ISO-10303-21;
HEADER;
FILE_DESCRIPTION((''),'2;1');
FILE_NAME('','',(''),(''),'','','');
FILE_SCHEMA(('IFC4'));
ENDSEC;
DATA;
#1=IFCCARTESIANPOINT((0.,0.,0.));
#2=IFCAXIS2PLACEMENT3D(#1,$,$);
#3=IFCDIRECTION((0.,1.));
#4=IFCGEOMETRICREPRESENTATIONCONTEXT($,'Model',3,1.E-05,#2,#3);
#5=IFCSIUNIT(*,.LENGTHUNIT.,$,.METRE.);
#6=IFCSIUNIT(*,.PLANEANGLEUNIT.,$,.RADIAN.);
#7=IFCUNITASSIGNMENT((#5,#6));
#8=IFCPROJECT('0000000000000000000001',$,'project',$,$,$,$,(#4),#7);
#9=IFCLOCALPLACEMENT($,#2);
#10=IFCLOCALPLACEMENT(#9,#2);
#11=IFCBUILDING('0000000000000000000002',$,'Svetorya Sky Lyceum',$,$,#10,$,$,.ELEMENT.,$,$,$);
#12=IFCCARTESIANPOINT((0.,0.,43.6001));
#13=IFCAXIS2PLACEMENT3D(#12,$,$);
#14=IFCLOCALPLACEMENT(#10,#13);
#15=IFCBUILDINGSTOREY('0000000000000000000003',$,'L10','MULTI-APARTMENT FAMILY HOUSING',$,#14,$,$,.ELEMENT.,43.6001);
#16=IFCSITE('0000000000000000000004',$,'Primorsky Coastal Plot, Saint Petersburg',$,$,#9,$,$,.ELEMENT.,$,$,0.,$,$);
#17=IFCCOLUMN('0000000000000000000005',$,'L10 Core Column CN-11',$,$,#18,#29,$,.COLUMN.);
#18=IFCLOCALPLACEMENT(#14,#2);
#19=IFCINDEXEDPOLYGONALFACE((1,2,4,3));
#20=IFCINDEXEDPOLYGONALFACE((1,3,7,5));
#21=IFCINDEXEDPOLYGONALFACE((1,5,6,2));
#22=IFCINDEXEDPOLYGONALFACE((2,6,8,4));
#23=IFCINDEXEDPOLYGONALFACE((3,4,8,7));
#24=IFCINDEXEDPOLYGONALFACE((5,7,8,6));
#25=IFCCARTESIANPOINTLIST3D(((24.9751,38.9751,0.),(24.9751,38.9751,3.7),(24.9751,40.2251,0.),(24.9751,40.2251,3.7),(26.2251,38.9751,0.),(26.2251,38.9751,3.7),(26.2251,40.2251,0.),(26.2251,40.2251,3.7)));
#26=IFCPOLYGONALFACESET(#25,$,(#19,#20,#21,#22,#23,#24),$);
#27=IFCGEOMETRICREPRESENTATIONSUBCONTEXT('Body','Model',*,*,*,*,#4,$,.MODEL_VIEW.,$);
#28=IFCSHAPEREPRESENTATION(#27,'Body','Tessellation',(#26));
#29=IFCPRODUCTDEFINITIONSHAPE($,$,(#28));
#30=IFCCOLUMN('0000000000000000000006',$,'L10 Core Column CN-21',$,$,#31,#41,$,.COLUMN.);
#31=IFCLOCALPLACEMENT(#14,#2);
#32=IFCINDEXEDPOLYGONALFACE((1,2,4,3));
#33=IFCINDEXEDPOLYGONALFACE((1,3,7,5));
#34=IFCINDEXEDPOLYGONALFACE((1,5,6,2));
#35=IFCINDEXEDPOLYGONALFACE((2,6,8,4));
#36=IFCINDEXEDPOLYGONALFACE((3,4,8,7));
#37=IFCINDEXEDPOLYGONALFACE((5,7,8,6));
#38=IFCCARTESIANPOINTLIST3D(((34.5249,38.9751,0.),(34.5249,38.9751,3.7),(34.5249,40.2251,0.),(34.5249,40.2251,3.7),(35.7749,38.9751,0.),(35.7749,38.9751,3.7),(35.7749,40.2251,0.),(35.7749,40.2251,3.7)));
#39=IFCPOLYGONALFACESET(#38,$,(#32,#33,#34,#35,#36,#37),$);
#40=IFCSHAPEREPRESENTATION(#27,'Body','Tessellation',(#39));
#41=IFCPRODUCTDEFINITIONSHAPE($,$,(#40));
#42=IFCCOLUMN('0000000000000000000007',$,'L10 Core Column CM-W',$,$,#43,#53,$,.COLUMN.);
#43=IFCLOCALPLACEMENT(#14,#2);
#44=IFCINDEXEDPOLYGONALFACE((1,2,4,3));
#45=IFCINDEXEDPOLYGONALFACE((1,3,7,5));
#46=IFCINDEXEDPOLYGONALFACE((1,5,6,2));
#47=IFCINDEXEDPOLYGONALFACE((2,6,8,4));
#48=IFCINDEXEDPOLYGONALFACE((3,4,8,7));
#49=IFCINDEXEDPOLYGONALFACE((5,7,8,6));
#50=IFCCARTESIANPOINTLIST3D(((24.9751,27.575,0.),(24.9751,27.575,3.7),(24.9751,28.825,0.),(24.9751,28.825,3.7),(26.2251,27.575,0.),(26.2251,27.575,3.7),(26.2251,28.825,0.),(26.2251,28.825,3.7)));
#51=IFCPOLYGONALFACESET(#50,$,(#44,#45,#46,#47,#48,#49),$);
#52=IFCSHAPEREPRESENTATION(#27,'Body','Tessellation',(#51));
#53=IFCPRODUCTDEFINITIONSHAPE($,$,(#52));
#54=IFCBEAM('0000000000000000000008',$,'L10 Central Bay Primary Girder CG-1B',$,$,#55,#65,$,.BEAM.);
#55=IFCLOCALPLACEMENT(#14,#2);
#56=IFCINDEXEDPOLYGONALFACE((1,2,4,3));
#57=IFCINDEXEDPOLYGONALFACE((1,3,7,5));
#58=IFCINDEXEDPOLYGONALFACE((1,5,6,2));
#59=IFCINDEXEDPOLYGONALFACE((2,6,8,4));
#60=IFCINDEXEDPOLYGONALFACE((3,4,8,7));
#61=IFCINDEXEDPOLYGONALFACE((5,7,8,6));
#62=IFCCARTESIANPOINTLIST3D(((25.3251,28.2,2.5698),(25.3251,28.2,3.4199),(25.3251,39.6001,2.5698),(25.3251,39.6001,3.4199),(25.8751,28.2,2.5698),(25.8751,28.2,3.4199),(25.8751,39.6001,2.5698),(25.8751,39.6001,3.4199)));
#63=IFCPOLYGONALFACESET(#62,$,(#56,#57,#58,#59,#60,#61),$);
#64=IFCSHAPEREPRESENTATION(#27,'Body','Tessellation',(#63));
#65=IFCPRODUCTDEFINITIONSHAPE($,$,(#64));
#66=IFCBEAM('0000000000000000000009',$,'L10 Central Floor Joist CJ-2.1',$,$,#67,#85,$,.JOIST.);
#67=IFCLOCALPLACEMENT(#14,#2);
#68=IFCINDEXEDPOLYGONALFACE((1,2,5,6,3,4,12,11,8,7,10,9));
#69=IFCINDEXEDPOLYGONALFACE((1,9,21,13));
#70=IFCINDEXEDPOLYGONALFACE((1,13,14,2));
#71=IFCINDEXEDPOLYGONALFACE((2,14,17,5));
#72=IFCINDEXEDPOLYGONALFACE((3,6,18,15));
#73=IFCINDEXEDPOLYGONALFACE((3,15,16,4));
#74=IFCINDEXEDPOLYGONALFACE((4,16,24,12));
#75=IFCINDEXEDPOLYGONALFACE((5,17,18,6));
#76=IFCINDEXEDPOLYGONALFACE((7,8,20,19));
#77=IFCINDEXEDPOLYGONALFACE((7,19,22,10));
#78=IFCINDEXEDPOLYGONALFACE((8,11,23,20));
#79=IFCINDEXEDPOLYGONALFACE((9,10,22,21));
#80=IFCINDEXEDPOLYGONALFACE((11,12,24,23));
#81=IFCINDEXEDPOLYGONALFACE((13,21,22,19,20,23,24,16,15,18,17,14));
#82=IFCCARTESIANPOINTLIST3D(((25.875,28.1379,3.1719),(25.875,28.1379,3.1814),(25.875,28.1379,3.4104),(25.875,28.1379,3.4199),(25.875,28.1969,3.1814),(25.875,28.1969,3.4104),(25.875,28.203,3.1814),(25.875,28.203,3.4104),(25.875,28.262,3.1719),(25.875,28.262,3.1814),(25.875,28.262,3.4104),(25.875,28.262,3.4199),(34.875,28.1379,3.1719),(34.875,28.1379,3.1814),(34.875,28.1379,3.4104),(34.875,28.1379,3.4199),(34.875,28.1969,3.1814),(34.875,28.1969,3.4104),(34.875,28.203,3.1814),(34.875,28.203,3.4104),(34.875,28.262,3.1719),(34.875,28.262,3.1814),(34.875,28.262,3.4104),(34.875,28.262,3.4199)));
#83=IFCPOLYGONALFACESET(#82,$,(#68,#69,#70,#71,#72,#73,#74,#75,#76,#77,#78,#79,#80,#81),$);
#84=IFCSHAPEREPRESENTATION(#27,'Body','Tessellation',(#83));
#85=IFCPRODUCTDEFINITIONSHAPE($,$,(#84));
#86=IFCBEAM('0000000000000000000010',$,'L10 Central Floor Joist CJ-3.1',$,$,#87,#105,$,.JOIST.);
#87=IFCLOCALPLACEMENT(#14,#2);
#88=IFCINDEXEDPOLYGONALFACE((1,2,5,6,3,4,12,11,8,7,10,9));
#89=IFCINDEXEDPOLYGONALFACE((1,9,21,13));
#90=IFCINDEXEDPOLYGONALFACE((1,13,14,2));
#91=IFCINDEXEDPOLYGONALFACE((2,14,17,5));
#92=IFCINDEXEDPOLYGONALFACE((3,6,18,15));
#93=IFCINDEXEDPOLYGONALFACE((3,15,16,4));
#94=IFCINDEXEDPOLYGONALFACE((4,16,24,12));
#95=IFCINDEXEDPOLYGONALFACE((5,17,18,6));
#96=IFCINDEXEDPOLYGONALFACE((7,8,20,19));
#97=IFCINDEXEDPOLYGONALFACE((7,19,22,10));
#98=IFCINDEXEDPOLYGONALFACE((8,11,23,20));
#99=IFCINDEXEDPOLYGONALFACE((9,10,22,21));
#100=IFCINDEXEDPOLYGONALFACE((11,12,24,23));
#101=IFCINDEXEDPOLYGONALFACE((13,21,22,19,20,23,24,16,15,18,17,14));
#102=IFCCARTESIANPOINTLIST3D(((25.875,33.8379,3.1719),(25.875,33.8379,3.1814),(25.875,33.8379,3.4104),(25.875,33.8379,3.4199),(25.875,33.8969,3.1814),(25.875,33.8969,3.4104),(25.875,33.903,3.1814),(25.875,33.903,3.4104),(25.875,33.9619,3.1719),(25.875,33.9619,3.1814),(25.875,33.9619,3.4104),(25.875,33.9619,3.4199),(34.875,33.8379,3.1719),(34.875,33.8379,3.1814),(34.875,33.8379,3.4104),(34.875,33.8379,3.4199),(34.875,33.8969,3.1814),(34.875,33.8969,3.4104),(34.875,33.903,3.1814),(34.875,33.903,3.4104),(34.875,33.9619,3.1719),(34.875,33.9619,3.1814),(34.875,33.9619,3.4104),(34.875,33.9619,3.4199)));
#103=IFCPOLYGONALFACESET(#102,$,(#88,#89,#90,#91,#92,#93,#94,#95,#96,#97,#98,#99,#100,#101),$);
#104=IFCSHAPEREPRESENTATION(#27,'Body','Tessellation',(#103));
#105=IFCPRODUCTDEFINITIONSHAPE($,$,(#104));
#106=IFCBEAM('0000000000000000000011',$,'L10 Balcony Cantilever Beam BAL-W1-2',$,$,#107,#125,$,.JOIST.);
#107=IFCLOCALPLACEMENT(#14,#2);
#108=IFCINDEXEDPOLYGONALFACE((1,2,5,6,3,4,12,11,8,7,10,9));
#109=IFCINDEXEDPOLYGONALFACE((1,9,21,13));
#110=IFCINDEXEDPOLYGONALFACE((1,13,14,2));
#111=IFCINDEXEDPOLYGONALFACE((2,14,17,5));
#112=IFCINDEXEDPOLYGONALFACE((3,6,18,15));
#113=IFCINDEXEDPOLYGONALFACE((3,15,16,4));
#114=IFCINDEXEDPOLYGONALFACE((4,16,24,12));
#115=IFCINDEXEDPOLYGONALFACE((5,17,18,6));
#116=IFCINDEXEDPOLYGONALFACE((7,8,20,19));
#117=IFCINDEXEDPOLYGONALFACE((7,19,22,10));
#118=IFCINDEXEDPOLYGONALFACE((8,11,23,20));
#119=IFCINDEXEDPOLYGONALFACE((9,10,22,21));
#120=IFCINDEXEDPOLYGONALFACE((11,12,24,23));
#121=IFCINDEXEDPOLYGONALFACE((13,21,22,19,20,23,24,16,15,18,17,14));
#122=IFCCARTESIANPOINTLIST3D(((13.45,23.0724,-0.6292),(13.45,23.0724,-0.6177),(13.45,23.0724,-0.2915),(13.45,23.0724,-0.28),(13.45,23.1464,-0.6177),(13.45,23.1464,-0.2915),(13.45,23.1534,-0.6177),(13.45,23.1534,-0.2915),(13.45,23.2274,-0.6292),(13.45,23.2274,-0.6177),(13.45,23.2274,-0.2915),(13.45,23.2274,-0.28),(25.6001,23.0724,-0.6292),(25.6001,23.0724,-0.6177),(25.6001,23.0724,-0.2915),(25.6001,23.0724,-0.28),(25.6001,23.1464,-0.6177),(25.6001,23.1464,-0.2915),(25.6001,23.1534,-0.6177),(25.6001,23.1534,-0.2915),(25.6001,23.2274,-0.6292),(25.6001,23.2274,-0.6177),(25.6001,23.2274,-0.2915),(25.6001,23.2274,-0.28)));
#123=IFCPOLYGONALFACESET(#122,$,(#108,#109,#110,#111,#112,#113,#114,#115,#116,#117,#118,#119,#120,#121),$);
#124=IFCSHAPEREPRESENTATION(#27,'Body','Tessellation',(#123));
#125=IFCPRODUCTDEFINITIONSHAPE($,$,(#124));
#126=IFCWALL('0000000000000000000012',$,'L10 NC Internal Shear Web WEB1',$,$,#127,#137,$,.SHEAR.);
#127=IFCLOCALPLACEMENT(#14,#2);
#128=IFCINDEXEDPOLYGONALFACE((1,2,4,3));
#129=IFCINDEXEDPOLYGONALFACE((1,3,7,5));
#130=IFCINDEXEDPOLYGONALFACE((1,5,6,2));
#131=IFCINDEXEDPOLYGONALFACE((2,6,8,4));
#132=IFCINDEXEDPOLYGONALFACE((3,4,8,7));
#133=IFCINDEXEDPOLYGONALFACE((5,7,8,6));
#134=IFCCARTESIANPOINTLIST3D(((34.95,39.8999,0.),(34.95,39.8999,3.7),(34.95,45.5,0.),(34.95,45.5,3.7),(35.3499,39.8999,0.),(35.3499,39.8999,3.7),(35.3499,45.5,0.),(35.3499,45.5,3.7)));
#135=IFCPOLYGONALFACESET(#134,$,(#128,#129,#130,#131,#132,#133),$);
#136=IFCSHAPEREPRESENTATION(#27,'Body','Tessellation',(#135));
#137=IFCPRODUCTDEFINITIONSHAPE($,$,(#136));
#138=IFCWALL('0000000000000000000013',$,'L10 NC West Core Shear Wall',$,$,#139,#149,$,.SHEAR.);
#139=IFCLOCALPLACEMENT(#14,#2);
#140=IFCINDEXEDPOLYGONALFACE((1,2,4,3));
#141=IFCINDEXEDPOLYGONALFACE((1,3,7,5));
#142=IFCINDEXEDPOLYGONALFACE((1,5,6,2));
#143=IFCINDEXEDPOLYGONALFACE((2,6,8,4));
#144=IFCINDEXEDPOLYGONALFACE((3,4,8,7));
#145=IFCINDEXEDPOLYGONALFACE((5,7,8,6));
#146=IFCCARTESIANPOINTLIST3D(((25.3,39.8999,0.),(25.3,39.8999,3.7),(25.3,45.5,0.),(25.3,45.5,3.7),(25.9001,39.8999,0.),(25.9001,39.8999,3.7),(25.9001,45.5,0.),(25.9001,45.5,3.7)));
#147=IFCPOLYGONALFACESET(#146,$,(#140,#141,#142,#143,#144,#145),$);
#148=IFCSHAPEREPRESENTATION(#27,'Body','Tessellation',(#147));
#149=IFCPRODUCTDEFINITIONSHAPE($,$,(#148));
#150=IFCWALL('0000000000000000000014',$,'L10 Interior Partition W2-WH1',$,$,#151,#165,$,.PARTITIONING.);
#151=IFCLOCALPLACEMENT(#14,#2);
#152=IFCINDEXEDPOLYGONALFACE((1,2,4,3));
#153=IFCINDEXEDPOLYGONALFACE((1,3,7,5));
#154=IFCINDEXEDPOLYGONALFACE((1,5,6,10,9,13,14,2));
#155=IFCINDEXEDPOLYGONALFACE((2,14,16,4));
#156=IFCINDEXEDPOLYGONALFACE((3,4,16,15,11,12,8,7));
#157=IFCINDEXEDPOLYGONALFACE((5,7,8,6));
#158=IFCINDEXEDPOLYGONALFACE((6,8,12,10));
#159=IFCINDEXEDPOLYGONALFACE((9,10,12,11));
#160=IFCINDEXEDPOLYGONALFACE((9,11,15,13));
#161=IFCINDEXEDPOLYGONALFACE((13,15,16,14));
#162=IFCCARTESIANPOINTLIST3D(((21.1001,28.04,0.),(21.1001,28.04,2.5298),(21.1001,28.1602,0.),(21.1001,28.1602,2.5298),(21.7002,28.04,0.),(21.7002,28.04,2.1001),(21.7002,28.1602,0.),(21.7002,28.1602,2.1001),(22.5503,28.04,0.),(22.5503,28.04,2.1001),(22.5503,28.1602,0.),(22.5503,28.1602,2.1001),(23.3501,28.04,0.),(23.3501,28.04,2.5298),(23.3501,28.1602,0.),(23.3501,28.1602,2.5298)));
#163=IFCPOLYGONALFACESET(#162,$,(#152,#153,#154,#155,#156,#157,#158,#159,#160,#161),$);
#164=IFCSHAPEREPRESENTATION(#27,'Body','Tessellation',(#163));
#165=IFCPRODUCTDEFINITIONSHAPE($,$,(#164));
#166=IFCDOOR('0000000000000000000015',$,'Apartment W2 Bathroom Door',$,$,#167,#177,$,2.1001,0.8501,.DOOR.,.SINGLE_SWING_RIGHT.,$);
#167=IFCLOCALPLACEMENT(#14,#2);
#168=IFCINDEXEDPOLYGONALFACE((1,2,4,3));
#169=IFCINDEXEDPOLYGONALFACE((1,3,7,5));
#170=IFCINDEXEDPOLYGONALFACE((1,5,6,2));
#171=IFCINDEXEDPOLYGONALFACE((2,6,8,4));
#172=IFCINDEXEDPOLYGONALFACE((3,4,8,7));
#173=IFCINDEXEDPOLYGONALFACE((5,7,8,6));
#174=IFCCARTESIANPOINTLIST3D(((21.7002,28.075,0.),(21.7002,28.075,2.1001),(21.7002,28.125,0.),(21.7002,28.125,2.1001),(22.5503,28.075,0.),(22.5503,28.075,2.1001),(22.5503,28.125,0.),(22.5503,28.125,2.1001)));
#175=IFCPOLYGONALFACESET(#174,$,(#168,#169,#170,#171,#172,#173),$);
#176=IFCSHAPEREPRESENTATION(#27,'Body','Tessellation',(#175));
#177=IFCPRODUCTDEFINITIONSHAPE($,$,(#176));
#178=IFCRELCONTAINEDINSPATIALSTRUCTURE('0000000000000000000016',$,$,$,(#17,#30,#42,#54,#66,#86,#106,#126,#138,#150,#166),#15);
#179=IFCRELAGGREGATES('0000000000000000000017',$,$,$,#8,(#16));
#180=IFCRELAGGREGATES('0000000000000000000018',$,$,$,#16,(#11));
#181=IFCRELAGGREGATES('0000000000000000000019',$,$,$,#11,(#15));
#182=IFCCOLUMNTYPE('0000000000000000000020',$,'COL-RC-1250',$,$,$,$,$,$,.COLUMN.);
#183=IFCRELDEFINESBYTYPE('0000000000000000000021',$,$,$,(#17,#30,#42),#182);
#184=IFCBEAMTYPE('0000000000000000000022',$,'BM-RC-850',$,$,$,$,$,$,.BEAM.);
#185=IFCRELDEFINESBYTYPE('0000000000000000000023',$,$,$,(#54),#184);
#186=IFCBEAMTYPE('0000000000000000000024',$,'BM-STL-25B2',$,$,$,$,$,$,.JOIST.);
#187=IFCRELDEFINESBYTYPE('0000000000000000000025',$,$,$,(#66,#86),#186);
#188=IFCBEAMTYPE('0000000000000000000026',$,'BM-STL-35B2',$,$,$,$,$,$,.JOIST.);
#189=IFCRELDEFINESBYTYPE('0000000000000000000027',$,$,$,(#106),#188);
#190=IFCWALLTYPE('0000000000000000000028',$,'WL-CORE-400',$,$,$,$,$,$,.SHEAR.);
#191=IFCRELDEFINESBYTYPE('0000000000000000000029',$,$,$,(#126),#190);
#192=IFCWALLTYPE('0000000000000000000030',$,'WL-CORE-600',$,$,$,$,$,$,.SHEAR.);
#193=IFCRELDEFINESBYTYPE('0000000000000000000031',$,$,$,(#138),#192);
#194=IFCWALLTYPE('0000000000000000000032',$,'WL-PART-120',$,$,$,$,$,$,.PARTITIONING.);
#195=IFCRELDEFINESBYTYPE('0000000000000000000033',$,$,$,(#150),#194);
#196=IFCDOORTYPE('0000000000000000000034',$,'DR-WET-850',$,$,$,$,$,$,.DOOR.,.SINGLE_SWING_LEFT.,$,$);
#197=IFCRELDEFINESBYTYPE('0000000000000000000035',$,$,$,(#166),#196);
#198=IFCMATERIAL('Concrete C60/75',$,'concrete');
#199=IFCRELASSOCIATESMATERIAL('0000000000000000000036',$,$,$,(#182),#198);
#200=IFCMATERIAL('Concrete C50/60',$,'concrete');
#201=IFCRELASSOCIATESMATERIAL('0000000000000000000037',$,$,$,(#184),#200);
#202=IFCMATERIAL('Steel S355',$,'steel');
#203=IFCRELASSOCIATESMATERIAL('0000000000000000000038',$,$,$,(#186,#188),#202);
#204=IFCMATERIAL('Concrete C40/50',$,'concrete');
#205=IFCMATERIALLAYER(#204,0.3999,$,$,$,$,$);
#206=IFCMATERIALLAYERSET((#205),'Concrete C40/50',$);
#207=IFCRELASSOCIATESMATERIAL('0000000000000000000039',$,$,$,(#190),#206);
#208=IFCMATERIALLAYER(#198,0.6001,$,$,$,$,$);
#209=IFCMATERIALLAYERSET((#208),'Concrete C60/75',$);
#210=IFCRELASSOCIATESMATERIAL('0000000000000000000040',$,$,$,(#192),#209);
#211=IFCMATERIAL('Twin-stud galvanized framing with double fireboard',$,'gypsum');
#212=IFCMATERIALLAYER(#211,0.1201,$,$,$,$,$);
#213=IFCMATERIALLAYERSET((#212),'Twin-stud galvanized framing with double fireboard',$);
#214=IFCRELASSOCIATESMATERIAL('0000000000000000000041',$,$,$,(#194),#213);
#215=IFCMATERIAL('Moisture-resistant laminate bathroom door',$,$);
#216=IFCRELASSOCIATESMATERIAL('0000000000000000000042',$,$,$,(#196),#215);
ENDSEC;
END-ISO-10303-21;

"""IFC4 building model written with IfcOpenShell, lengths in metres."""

from ifc_helpers import new_model, si_unit, direction, frame, frame_2d, origin, origin_2d, place, context, subcontext, project, spatial, rectangle, i_section, extrude, material, layer, layer_set, material_profile, profile_set, type_object, element, fill, save


model = new_model("IFC4")

# Units and contexts
model_context = context("Model", 3, precision=1e-05, world=origin(), true_north=direction((0.0, 1.0)))
body_context = subcontext(model_context, "Body", "Model", "MODEL_VIEW")
ifc_project = project(units=[si_unit("LENGTHUNIT", "METRE"), si_unit("PLANEANGLEUNIT", "RADIAN")], contexts=[model_context])

# Site, building, storey
site_placement = place(None, origin())
site = spatial("IfcSite", under=ifc_project, at=site_placement, Name="Primorsky Coastal Plot, Saint Petersburg", CompositionType="ELEMENT", RefElevation=0.0)
building_placement = place(site_placement, origin())
building = spatial("IfcBuilding", under=site, at=building_placement, Name="Svetorya Sky Lyceum", CompositionType="ELEMENT")
storey_placement = place(building_placement, frame((0.0, 0.0, 43.6001)))
storey = spatial("IfcBuildingStorey", under=building, at=storey_placement, Name="L10", Description="MULTI-APARTMENT FAMILY HOUSING", CompositionType="ELEMENT", Elevation=43.6001)

# Columns
ifc_material_1 = material(Name="Concrete C60/75", Category="concrete")
ifc_material_profile_1 = material_profile(ifc_material_1, rectangle(XDim=1.25, YDim=1.25, at=origin_2d()), Name="RC COL 1250x1250")
ifc_profile_set_1 = profile_set([ifc_material_profile_1], Name="Concrete C60/75")
column_type = type_object("IfcColumnType", Name="COL-RC-1250", PredefinedType="COLUMN", material=ifc_profile_set_1)
for number, where, z_axis, x_axis, name in (
    (1, (25.6001, 39.6001, 0.0), (0.0, 0.0, 1.0), (1.0, 0.0, 0.0), "L10 Core Column CN-11"),
    (2, (35.1499, 39.6001, 0.0), (0.0, 0.0, 1.0), (1.0, 0.0, 0.0), "L10 Core Column CN-21"),
    (3, (25.6001, 28.2, 0.0), (0.0, 0.0, 1.0), (1.0, 0.0, 0.0), "L10 Core Column CM-W"),
):
    element("IfcColumn", number, at=place(storey_placement, frame(where, z_axis=z_axis, x_axis=x_axis)), inside=storey, type_object=column_type, Name=name, PredefinedType="COLUMN", context=body_context, shape_type="SweptSolid", body=[
        extrude(rectangle(XDim=1.25, YDim=1.25, at=origin_2d()), origin(), (0.0, 0.0, 1.0), 3.7),
    ])

# Beams
ifc_material_2 = material(Name="Concrete C50/60", Category="concrete")
ifc_material_profile_2 = material_profile(ifc_material_2, rectangle(XDim=0.55, YDim=0.8501, at=origin_2d()), Name="RC BEAM 550x850")
ifc_profile_set_2 = profile_set([ifc_material_profile_2], Name="Concrete C50/60")
beam_type_1 = type_object("IfcBeamType", Name="BM-RC-850", PredefinedType="BEAM", material=ifc_profile_set_2)
beam_1_placement = place(storey_placement, frame((25.6001, 28.2, 2.9949), z_axis=(0.0, 1.0, 0.0), x_axis=(-1.0, 0.0, 0.0)))
element("IfcBeam", 4, at=beam_1_placement, inside=storey, type_object=beam_type_1, Name="L10 Central Bay Primary Girder CG-1B", PredefinedType="BEAM", context=body_context, shape_type="SweptSolid", body=[
    extrude(rectangle(XDim=0.55, YDim=0.8501, at=origin_2d()), origin(), (0.0, 0.0, 1.0), 11.4001),
])
ifc_material_3 = material(Name="Steel S355", Category="steel")
ifc_material_profile_3 = material_profile(ifc_material_3, i_section(OverallWidth=0.124, OverallDepth=0.248, WebThickness=0.0061, FlangeThickness=0.0095, at=origin_2d()), Name="GOST 25B2")
ifc_profile_set_3 = profile_set([ifc_material_profile_3], Name="Steel S355")
beam_type_2 = type_object("IfcBeamType", Name="BM-STL-25B2", PredefinedType="JOIST", material=ifc_profile_set_3)
for number, where, z_axis, x_axis, name in (
    (5, (25.875, 28.2, 3.2959), (1.0, 0.0, 0.0), (0.0, 1.0, 0.0), "L10 Central Floor Joist CJ-2.1"),
    (6, (25.875, 33.8999, 3.2959), (1.0, 0.0, 0.0), (0.0, 1.0, 0.0), "L10 Central Floor Joist CJ-3.1"),
):
    element("IfcBeam", number, at=place(storey_placement, frame(where, z_axis=z_axis, x_axis=x_axis)), inside=storey, type_object=beam_type_2, Name=name, PredefinedType="JOIST", context=body_context, shape_type="SweptSolid", body=[
        extrude(i_section(OverallWidth=0.124, OverallDepth=0.248, WebThickness=0.0061, FlangeThickness=0.0095, at=origin_2d()), origin(), (0.0, 0.0, 1.0), 9.0),
    ])
ifc_material_profile_4 = material_profile(ifc_material_3, i_section(OverallWidth=0.155, OverallDepth=0.3491, WebThickness=0.0071, FlangeThickness=0.0115, at=origin_2d()), Name="GOST 35B2")
ifc_profile_set_4 = profile_set([ifc_material_profile_4], Name="Steel S355")
beam_type_3 = type_object("IfcBeamType", Name="BM-STL-35B2", PredefinedType="JOIST", material=ifc_profile_set_4)
beam_2_placement = place(storey_placement, frame((25.6001, 23.1499, -0.4546), z_axis=(-1.0, 0.0, 0.0), x_axis=(0.0, -1.0, 0.0)))
element("IfcBeam", 7, at=beam_2_placement, inside=storey, type_object=beam_type_3, Name="L10 Balcony Cantilever Beam BAL-W1-2", PredefinedType="JOIST", context=body_context, shape_type="SweptSolid", body=[
    extrude(i_section(OverallWidth=0.155, OverallDepth=0.3491, WebThickness=0.0071, FlangeThickness=0.0115, at=origin_2d()), origin(), (0.0, 0.0, 1.0), 12.1501),
])

# Walls
ifc_material_4 = material(Name="Concrete C40/50", Category="concrete")
ifc_layer_1 = layer(ifc_material_4, 0.3999)
ifc_layer_set_1 = layer_set([ifc_layer_1], Name="Concrete C40/50")
wall_type_1 = type_object("IfcWallType", Name="WL-CORE-400", PredefinedType="SHEAR", material=ifc_layer_set_1)
wall_1_placement = place(storey_placement, frame((35.1499, 39.8999, 0.0), z_axis=(0.0, 0.0, 1.0), x_axis=(0.0, 1.0, 0.0)))
element("IfcWall", 8, at=wall_1_placement, inside=storey, type_object=wall_type_1, Name="L10 NC Internal Shear Web WEB1", PredefinedType="SHEAR", context=body_context, shape_type="SweptSolid", body=[
    extrude(rectangle(XDim=5.6001, YDim=0.3999, at=frame_2d((2.8, 0.0))), origin(), (0.0, 0.0, 1.0), 3.7),
])
ifc_layer_2 = layer(ifc_material_1, 0.6001)
ifc_layer_set_2 = layer_set([ifc_layer_2], Name="Concrete C60/75")
wall_type_2 = type_object("IfcWallType", Name="WL-CORE-600", PredefinedType="SHEAR", material=ifc_layer_set_2)
wall_2_placement = place(storey_placement, frame((25.6001, 39.8999, 0.0), z_axis=(0.0, 0.0, 1.0), x_axis=(0.0, 1.0, 0.0)))
element("IfcWall", 9, at=wall_2_placement, inside=storey, type_object=wall_type_2, Name="L10 NC West Core Shear Wall", PredefinedType="SHEAR", context=body_context, shape_type="SweptSolid", body=[
    extrude(rectangle(XDim=5.6001, YDim=0.6001, at=frame_2d((2.8, 0.0))), origin(), (0.0, 0.0, 1.0), 3.7),
])

# Wall, opening, door
ifc_material_5 = material(Name="Twin-stud galvanized framing with double fireboard", Category="gypsum")
ifc_layer_3 = layer(ifc_material_5, 0.1201)
ifc_layer_set_3 = layer_set([ifc_layer_3], Name="Twin-stud galvanized framing with double fireboard")
wall_type_3 = type_object("IfcWallType", Name="WL-PART-120", PredefinedType="PARTITIONING", material=ifc_layer_set_3)
wall_3_placement = place(storey_placement, frame((21.1001, 28.1001, 0.0), z_axis=(0.0, 0.0, 1.0), x_axis=(1.0, 0.0, 0.0)))
wall_3 = element("IfcWall", 10, at=wall_3_placement, inside=storey, type_object=wall_type_3, Name="L10 Interior Partition W2-WH1", PredefinedType="PARTITIONING", context=body_context, shape_type="SweptSolid", body=[
    extrude(rectangle(XDim=2.25, YDim=0.1201, at=frame_2d((1.125, 0.0))), origin(), (0.0, 0.0, 1.0), 2.5298),
])
opening_1_placement = place(wall_3_placement, frame((0.6001, 0.0, 0.0)))
opening_1 = element("IfcOpeningElement", 11, at=opening_1_placement, cuts=wall_3, PredefinedType="OPENING", context=body_context, shape_type="SweptSolid", body=[
    extrude(rectangle(XDim=0.8501, YDim=2.1001, at=frame_2d((0.425, 1.05))), frame((0.0, 0.0701, 0.0), z_axis=(0.0, -1.0, 0.0), x_axis=(1.0, 0.0, 0.0)), (0.0, 0.0, 1.0), 0.1401),
])
ifc_material_6 = material(Name="Moisture-resistant laminate bathroom door")
door_type_1 = type_object("IfcDoorType", Name="DR-WET-850", OperationType="SINGLE_SWING_LEFT", PredefinedType="DOOR", material=ifc_material_6)
door_1_placement = place(opening_1_placement, origin())
door_1 = element("IfcDoor", 12, at=door_1_placement, inside=storey, type_object=door_type_1, Name="Apartment W2 Bathroom Door", OperationType="SINGLE_SWING_RIGHT", OverallHeight=2.1001, OverallWidth=0.8501, PredefinedType="DOOR", context=body_context, shape_type="SweptSolid", body=[
    extrude(rectangle(XDim=0.8501, YDim=2.1001, at=frame_2d((0.425, 1.05))), frame((0.0, 0.0249, 0.0), z_axis=(0.0, -1.0, 0.0), x_axis=(1.0, 0.0, 0.0)), (0.0, 0.0, 1.0), 0.05),
])
fill(opening_1, door_1)

save(model, "model.ifc")
